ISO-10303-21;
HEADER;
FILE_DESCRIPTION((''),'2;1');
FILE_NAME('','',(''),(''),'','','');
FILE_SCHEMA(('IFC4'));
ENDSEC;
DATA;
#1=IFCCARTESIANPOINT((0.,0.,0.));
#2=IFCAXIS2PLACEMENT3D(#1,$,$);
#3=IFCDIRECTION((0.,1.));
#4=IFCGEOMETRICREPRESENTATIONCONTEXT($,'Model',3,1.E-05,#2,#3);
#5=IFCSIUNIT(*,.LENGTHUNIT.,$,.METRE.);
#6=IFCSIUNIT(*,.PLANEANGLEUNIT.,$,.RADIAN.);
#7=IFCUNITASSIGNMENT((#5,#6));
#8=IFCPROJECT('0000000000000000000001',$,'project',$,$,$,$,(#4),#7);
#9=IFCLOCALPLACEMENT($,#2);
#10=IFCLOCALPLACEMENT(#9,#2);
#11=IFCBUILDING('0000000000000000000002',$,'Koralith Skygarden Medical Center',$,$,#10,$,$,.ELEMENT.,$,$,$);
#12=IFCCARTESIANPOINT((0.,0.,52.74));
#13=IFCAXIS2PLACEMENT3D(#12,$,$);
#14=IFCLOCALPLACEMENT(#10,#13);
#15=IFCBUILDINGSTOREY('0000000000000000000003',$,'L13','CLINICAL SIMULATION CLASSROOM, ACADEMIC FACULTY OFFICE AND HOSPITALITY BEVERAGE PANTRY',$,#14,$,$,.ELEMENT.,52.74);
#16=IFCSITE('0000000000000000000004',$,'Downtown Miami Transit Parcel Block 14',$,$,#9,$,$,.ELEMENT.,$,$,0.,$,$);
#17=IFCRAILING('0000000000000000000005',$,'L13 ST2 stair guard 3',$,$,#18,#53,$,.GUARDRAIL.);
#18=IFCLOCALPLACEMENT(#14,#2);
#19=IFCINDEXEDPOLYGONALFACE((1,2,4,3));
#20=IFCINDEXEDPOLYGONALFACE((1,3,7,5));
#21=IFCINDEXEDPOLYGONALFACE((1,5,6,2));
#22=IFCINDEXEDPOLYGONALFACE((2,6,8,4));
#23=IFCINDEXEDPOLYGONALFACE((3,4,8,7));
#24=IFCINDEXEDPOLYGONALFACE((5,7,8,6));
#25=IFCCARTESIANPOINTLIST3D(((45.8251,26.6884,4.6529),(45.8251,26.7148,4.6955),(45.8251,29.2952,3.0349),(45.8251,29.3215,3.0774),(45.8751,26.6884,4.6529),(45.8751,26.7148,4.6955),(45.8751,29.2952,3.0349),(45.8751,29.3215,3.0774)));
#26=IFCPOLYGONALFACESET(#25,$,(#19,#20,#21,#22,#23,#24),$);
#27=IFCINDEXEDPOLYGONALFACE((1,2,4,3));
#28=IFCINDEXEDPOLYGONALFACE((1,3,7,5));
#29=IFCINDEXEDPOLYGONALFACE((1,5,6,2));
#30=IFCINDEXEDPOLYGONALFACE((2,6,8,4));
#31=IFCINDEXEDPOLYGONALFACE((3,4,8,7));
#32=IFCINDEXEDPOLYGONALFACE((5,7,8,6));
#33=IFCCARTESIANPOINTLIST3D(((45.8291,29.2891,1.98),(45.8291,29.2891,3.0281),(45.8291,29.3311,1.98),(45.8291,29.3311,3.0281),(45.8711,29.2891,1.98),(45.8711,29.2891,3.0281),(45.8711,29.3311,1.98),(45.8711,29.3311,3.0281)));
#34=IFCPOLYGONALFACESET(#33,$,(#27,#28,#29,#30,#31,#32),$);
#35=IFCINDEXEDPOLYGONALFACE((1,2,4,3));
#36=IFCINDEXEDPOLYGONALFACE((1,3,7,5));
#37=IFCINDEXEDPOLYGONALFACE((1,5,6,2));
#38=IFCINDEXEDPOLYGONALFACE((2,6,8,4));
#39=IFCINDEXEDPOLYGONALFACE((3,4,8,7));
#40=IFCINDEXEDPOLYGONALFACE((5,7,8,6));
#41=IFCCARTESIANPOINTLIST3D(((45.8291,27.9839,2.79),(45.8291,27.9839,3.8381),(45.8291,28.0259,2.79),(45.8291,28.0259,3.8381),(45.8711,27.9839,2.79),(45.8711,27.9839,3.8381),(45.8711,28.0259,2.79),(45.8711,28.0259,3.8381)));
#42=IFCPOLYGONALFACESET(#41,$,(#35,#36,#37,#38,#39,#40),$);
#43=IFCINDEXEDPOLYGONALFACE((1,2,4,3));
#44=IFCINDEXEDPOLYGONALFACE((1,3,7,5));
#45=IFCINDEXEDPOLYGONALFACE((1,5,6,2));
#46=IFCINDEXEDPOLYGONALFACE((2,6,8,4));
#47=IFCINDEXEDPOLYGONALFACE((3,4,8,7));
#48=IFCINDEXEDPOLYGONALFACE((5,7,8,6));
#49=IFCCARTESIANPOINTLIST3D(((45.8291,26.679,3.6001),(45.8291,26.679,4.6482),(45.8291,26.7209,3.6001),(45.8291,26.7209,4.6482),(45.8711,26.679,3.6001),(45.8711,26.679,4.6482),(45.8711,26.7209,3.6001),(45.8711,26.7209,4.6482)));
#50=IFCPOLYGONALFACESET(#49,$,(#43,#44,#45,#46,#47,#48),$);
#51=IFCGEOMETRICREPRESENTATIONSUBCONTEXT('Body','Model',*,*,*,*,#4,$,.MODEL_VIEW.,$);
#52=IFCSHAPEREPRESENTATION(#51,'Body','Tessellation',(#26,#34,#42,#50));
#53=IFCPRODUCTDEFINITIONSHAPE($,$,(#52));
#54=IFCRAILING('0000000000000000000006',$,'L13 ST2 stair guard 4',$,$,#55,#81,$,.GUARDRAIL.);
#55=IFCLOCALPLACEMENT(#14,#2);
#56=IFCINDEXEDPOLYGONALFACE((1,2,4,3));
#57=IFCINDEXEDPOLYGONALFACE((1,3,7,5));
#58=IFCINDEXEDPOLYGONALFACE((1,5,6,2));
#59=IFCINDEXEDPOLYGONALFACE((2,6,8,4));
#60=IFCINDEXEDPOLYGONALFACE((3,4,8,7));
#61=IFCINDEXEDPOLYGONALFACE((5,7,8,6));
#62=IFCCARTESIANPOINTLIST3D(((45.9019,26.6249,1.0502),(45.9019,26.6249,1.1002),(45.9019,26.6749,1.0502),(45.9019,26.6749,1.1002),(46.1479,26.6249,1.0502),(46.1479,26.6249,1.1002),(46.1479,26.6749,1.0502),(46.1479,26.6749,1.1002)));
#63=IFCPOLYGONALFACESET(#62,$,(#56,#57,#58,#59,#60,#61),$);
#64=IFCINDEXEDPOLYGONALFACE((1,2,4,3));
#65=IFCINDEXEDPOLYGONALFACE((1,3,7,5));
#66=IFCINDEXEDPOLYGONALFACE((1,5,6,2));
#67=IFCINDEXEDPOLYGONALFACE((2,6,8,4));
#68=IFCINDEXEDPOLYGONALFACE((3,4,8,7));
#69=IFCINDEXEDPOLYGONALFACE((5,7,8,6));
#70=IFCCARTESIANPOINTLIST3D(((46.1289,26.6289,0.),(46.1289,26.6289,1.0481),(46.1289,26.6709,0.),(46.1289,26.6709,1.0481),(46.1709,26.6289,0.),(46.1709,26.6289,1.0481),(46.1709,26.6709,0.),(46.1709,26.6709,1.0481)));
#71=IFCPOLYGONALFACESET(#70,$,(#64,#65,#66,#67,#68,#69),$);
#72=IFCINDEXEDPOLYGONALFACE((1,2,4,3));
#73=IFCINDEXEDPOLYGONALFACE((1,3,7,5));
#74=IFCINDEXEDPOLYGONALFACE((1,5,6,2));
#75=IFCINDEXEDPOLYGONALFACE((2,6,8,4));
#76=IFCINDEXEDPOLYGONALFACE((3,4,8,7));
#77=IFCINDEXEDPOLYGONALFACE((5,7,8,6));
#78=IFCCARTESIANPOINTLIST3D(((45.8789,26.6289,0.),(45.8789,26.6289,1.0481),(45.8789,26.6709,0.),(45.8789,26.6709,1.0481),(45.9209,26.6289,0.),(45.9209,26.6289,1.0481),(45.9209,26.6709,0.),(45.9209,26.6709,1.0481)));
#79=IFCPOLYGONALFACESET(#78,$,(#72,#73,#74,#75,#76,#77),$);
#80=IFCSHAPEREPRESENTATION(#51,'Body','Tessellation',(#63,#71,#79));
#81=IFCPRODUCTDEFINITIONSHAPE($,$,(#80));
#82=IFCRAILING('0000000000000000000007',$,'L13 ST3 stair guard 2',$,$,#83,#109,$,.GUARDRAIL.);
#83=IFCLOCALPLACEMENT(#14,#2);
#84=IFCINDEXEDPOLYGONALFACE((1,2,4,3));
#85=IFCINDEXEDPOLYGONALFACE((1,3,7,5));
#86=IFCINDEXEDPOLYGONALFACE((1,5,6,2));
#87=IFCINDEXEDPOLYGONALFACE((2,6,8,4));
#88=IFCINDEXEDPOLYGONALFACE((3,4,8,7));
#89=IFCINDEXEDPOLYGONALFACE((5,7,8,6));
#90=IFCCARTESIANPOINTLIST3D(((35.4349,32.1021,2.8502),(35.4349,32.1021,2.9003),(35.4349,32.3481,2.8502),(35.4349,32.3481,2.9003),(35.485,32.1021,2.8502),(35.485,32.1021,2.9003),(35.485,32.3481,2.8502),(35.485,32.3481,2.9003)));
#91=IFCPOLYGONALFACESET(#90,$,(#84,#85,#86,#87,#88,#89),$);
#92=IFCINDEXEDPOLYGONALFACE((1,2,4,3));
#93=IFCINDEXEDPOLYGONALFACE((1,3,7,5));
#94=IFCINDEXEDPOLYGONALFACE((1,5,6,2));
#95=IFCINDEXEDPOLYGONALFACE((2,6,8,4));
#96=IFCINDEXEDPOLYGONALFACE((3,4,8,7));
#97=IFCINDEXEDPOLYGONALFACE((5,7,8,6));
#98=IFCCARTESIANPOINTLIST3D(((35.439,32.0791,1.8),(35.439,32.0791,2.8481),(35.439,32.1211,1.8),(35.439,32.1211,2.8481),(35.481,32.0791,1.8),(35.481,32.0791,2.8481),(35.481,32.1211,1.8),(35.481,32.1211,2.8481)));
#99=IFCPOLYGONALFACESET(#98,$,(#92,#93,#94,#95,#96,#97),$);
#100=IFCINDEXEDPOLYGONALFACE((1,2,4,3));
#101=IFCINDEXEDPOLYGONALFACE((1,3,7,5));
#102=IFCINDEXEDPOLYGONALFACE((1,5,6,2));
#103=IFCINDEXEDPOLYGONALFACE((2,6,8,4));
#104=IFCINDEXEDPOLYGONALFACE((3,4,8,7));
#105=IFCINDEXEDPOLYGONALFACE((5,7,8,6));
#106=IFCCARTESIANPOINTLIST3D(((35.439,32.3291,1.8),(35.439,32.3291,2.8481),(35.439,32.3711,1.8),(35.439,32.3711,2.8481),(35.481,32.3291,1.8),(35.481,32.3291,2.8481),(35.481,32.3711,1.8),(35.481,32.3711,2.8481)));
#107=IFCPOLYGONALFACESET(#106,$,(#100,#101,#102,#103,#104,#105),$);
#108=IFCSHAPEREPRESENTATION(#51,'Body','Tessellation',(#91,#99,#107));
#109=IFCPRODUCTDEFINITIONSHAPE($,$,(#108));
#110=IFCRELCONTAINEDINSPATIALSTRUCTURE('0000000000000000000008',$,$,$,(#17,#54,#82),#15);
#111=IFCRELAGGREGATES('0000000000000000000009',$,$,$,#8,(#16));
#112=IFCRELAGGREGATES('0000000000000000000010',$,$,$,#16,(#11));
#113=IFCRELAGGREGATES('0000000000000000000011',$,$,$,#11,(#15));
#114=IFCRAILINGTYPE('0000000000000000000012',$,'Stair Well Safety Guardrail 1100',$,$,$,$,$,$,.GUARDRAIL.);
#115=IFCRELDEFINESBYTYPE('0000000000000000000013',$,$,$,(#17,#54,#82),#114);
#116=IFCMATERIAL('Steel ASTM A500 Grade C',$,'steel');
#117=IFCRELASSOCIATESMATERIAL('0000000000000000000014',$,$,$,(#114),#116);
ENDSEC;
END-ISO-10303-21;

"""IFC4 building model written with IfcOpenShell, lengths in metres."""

from ifc_helpers import new_model, si_unit, direction, frame, origin, origin_2d, place, context, subcontext, project, spatial, rectangle, extrude, material, type_object, element, save


model = new_model("IFC4")

# Units and contexts
model_context = context("Model", 3, precision=1e-05, world=origin(), true_north=direction((0.0, 1.0)))
body_context = subcontext(model_context, "Body", "Model", "MODEL_VIEW")
ifc_project = project(units=[si_unit("LENGTHUNIT", "METRE"), si_unit("PLANEANGLEUNIT", "RADIAN")], contexts=[model_context])

# Site, building, storey
site_placement = place(None, origin())
site = spatial("IfcSite", under=ifc_project, at=site_placement, Name="Downtown Miami Transit Parcel Block 14", CompositionType="ELEMENT", RefElevation=0.0)
building_placement = place(site_placement, origin())
building = spatial("IfcBuilding", under=site, at=building_placement, Name="Koralith Skygarden Medical Center", CompositionType="ELEMENT")
storey_placement = place(building_placement, frame((0.0, 0.0, 52.74)))
storey = spatial("IfcBuildingStorey", under=building, at=storey_placement, Name="L13", Description="CLINICAL SIMULATION CLASSROOM, ACADEMIC FACULTY OFFICE AND HOSPITALITY BEVERAGE PANTRY", CompositionType="ELEMENT", Elevation=52.74)

# Shared definitions
ifc_material_1 = material(Name="Steel ASTM A500 Grade C", Category="steel")

# Railings
railing_type_1 = type_object("IfcRailingType", Name="Stair Well Safety Guardrail 1100", PredefinedType="GUARDRAIL", material=ifc_material_1)
railing_1_placement = place(storey_placement, frame((45.8501, 29.3101, 1.98)))
element("IfcRailing", 1, at=railing_1_placement, inside=storey, type_object=railing_type_1, Name="L13 ST2 stair guard 3", PredefinedType="GUARDRAIL", context=body_context, shape_type="SweptSolid", body=[
    extrude(rectangle(XDim=0.05, YDim=0.05, at=origin_2d()), frame((0.0, -0.0017, 1.0762), z_axis=(0.0, -0.849633, 0.527375), x_axis=(1.0, 0.0, 0.0)), (0.0, 0.0, 1.0), 3.0681),
    extrude(rectangle(XDim=0.042, YDim=0.042, at=origin_2d()), origin(), (0.0, 0.0, 1.0), 1.0481),
    extrude(rectangle(XDim=0.042, YDim=0.042, at=origin_2d()), frame((0.0, -1.3052, 0.8101)), (0.0, 0.0, 1.0), 1.0481),
    extrude(rectangle(XDim=0.042, YDim=0.042, at=origin_2d()), frame((0.0, -2.6101, 1.6201)), (0.0, 0.0, 1.0), 1.0481),
])
railing_2_placement = place(storey_placement, frame((46.1499, 26.6499, 0.0)))
element("IfcRailing", 2, at=railing_2_placement, inside=storey, type_object=railing_type_1, Name="L13 ST2 stair guard 4", PredefinedType="GUARDRAIL", context=body_context, shape_type="SweptSolid", body=[
    extrude(rectangle(XDim=0.05, YDim=0.05, at=origin_2d()), frame((-0.002, 0.0, 1.0752), z_axis=(-1.0, 0.0, 0.0), x_axis=(0.0, -1.0, 0.0)), (0.0, 0.0, 1.0), 0.2461),
    extrude(rectangle(XDim=0.042, YDim=0.042, at=origin_2d()), origin(), (0.0, 0.0, 1.0), 1.0481),
    extrude(rectangle(XDim=0.042, YDim=0.042, at=origin_2d()), frame((-0.25, 0.0, 0.0)), (0.0, 0.0, 1.0), 1.0481),
])
railing_3_placement = place(storey_placement, frame((35.46, 32.1001, 1.8)))
element("IfcRailing", 3, at=railing_3_placement, inside=storey, type_object=railing_type_1, Name="L13 ST3 stair guard 2", PredefinedType="GUARDRAIL", context=body_context, shape_type="SweptSolid", body=[
    extrude(rectangle(XDim=0.05, YDim=0.05, at=origin_2d()), frame((0.0, 0.002, 1.0752), z_axis=(0.0, 1.0, 0.0), x_axis=(-1.0, 0.0, 0.0)), (0.0, 0.0, 1.0), 0.2461),
    extrude(rectangle(XDim=0.042, YDim=0.042, at=origin_2d()), origin(), (0.0, 0.0, 1.0), 1.0481),
    extrude(rectangle(XDim=0.042, YDim=0.042, at=origin_2d()), frame((0.0, 0.25, 0.0)), (0.0, 0.0, 1.0), 1.0481),
])

save(model, "model.ifc")
